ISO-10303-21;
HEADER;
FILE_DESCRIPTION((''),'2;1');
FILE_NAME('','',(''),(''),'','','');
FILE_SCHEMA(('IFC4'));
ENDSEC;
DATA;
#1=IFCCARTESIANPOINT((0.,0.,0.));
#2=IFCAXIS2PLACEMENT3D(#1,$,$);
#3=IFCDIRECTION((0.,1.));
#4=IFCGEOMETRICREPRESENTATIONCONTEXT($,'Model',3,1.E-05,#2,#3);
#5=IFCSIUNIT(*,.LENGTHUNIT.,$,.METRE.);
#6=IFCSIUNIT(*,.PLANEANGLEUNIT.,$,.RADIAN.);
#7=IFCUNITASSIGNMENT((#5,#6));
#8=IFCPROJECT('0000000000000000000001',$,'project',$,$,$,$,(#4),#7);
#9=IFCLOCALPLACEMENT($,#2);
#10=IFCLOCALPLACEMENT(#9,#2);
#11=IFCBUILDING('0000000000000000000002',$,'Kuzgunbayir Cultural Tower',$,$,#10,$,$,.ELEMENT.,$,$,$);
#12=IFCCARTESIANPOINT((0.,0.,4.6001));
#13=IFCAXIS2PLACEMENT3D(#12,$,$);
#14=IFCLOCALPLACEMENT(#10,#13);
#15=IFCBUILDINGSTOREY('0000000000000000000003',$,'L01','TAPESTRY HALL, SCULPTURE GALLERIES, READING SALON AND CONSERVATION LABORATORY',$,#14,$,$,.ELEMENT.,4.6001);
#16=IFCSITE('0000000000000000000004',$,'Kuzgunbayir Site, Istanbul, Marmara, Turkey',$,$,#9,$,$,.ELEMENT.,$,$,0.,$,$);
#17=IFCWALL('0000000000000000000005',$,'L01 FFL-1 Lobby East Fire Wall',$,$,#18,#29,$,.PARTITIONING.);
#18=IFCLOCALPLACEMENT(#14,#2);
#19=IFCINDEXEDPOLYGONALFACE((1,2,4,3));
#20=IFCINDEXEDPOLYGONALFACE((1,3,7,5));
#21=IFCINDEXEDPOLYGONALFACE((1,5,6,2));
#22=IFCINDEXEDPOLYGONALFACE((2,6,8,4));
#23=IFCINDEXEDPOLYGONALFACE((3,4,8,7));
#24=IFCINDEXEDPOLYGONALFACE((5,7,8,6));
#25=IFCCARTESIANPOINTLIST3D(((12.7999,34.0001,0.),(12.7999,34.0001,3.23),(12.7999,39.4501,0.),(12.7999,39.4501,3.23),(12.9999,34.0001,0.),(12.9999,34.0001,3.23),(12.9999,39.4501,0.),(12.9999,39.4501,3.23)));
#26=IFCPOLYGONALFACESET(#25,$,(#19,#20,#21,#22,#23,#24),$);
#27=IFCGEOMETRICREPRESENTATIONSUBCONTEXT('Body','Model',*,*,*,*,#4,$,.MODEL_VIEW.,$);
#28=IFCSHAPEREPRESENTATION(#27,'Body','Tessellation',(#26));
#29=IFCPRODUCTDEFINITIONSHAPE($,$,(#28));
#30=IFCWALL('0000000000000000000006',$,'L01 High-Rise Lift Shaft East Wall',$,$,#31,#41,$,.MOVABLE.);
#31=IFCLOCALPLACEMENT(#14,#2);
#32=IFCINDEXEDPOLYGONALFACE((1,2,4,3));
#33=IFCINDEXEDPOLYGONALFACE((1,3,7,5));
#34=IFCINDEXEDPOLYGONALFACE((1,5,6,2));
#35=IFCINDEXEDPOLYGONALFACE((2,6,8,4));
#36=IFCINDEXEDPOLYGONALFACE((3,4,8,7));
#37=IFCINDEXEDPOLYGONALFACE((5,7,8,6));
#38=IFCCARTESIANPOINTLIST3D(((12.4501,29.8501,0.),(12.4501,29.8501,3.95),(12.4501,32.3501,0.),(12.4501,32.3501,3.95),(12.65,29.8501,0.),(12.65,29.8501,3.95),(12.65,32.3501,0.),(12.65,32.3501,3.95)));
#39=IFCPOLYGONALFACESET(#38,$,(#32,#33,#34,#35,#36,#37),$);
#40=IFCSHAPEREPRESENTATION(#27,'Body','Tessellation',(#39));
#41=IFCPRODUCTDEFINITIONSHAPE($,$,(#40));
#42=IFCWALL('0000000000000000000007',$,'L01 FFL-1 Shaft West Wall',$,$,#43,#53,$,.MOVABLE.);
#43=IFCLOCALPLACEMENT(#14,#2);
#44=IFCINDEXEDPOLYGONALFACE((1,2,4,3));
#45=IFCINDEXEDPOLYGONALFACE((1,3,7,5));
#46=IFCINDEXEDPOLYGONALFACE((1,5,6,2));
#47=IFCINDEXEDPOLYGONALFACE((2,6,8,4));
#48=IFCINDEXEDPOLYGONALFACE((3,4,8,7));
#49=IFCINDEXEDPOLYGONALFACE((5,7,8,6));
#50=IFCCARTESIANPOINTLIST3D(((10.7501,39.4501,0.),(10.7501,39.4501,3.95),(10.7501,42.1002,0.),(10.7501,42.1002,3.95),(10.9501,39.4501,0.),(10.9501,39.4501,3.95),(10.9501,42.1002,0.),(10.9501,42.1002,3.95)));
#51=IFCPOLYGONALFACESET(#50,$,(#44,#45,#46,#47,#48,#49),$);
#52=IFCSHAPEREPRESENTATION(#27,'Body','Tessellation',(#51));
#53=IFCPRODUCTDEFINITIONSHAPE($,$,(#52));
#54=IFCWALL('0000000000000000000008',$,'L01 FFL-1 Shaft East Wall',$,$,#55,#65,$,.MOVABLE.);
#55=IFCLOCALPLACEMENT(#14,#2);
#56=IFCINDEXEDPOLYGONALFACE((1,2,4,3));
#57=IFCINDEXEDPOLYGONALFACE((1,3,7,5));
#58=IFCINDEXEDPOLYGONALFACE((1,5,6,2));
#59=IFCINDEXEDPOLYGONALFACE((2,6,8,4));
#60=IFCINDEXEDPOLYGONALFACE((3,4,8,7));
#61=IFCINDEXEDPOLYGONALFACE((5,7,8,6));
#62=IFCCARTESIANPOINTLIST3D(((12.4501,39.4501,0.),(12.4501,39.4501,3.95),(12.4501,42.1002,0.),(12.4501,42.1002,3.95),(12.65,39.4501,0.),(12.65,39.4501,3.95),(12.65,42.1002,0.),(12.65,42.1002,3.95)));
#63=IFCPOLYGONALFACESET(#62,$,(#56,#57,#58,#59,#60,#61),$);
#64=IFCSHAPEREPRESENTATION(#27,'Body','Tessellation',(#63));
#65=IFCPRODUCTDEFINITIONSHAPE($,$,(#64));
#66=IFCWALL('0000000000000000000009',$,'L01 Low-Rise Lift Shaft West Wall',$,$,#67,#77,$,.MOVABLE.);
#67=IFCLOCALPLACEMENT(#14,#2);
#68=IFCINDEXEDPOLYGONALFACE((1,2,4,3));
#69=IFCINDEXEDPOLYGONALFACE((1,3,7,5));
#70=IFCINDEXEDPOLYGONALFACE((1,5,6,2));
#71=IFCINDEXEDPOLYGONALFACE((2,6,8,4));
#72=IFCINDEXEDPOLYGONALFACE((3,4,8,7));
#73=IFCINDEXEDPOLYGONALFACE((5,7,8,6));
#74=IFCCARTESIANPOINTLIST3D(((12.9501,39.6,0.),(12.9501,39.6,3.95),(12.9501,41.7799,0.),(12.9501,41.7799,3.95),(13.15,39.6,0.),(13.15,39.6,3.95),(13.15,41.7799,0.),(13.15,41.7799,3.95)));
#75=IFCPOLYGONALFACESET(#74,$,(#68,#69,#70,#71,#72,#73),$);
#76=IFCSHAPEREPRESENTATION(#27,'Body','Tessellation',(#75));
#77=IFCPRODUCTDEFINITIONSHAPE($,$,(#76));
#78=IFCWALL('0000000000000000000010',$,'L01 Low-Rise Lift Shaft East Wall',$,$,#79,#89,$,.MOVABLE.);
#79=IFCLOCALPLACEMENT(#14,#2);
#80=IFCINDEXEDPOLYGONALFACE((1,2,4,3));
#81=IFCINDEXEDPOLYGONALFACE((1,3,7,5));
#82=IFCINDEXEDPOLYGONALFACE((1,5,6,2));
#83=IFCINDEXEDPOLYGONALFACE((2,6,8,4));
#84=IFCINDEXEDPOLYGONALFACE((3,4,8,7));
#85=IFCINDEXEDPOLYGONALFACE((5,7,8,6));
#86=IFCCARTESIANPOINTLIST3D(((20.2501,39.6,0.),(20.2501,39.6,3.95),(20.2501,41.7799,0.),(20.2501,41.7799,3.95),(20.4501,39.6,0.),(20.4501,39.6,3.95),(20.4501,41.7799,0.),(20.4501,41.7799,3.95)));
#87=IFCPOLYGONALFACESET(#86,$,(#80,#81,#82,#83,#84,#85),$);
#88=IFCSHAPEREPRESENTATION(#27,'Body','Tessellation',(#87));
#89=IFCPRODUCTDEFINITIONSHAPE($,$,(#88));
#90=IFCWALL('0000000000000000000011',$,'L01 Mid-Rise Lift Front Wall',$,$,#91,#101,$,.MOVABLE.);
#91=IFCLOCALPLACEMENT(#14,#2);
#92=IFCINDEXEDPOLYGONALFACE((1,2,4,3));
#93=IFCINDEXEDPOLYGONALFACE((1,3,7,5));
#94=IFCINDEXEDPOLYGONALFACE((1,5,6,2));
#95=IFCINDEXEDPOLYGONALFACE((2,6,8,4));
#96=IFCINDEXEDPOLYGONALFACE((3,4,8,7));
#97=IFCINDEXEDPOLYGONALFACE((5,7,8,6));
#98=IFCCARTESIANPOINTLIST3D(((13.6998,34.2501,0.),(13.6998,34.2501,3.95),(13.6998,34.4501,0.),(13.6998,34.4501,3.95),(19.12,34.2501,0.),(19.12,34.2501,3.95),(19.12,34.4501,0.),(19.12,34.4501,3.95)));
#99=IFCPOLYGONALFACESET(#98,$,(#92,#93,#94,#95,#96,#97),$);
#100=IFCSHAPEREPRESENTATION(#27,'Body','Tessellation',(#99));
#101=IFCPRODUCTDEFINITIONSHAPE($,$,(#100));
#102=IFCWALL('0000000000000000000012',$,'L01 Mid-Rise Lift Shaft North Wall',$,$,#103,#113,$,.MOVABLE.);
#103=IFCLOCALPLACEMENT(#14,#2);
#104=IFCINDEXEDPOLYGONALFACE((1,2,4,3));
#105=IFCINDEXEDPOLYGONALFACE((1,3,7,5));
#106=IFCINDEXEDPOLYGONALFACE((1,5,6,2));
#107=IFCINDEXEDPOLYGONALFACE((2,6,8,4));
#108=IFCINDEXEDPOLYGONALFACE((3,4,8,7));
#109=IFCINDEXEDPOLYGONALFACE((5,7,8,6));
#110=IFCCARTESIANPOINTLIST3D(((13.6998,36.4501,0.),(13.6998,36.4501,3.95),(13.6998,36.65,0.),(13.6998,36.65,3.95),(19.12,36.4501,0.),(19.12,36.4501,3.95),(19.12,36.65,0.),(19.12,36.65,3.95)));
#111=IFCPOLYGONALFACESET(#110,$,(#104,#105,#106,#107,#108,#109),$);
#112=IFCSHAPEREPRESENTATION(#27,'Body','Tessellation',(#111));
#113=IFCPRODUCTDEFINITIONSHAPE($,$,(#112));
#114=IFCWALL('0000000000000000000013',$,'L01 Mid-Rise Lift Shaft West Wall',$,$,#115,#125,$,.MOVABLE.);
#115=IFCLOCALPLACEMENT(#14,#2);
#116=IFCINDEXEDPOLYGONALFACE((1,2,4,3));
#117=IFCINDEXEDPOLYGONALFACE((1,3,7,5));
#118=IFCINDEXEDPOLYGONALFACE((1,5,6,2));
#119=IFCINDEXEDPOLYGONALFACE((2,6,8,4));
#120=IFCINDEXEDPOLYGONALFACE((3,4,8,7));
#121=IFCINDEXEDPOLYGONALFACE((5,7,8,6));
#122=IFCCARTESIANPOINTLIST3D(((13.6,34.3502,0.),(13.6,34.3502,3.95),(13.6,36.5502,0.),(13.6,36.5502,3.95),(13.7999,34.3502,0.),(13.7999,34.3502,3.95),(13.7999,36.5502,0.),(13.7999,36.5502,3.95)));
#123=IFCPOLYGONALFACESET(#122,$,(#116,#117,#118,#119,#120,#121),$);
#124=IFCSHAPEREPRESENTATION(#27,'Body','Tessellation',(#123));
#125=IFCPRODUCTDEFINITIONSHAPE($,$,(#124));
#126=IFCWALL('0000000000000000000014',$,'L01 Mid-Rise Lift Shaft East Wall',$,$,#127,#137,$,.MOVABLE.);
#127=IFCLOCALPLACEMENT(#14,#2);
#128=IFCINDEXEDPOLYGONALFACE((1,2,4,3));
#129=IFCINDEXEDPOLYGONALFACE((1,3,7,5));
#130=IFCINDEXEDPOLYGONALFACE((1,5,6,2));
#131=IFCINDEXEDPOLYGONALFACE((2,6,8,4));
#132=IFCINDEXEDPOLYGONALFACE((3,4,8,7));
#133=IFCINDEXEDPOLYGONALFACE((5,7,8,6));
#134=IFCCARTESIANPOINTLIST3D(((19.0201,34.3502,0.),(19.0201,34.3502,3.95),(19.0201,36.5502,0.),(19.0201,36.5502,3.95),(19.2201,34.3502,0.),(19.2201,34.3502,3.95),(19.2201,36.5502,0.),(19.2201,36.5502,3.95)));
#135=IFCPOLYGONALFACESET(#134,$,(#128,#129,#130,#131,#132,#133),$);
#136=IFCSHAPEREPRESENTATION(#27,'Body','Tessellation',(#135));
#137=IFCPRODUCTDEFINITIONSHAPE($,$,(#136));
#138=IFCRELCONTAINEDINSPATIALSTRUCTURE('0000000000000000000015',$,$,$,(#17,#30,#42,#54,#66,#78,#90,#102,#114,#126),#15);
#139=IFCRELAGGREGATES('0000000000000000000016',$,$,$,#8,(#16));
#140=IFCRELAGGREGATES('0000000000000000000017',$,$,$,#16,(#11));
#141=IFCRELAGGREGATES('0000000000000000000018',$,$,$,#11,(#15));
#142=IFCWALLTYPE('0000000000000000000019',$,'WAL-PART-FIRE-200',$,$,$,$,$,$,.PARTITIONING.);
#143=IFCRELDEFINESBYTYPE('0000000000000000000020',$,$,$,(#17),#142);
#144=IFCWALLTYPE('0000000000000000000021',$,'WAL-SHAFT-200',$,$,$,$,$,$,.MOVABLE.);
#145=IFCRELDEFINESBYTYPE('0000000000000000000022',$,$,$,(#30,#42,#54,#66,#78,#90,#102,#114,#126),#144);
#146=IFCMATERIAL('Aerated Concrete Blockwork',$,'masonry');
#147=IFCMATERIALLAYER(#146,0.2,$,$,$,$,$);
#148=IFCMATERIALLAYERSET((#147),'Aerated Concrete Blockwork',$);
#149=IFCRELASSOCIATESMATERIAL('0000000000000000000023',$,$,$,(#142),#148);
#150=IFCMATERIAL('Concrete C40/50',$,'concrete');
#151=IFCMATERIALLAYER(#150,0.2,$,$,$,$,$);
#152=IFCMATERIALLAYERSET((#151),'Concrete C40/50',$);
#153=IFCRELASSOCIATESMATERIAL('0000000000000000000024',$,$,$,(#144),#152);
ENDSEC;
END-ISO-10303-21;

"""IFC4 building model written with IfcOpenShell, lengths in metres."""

from ifc_helpers import new_model, si_unit, direction, frame, frame_2d, origin, place, context, subcontext, project, spatial, rectangle, extrude, material, layer, layer_set, type_object, element, save


model = new_model("IFC4")

# Units and contexts
model_context = context("Model", 3, precision=1e-05, world=origin(), true_north=direction((0.0, 1.0)))
body_context = subcontext(model_context, "Body", "Model", "MODEL_VIEW")
ifc_project = project(units=[si_unit("LENGTHUNIT", "METRE"), si_unit("PLANEANGLEUNIT", "RADIAN")], contexts=[model_context])

# Site, building, storey
site_placement = place(None, origin())
site = spatial("IfcSite", under=ifc_project, at=site_placement, Name="Kuzgunbayir Site, Istanbul, Marmara, Turkey", CompositionType="ELEMENT", RefElevation=0.0)
building_placement = place(site_placement, origin())
building = spatial("IfcBuilding", under=site, at=building_placement, Name="Kuzgunbayir Cultural Tower", CompositionType="ELEMENT")
storey_placement = place(building_placement, frame((0.0, 0.0, 4.6001)))
storey = spatial("IfcBuildingStorey", under=building, at=storey_placement, Name="L01", Description="TAPESTRY HALL, SCULPTURE GALLERIES, READING SALON AND CONSERVATION LABORATORY", CompositionType="ELEMENT", Elevation=4.6001)

# Walls
ifc_material_1 = material(Name="Aerated Concrete Blockwork", Category="masonry")
ifc_layer_1 = layer(ifc_material_1, 0.2)
ifc_layer_set_1 = layer_set([ifc_layer_1], Name="Aerated Concrete Blockwork")
wall_type_1 = type_object("IfcWallType", Name="WAL-PART-FIRE-200", PredefinedType="PARTITIONING", material=ifc_layer_set_1)
wall_1_placement = place(storey_placement, frame((12.8999, 34.0, 0.0), z_axis=(0.0, 0.0, 1.0), x_axis=(0.0, 1.0, 0.0)))
element("IfcWall", 1, at=wall_1_placement, inside=storey, type_object=wall_type_1, Name="L01 FFL-1 Lobby East Fire Wall", PredefinedType="PARTITIONING", context=body_context, shape_type="SweptSolid", body=[
    extrude(rectangle(XDim=5.45, YDim=0.2, at=frame_2d((2.7251, 0.0))), origin(), (0.0, 0.0, 1.0), 3.23),
])
ifc_material_2 = material(Name="Concrete C40/50", Category="concrete")
ifc_layer_2 = layer(ifc_material_2, 0.2)
ifc_layer_set_2 = layer_set([ifc_layer_2], Name="Concrete C40/50")
wall_type_2 = type_object("IfcWallType", Name="WAL-SHAFT-200", PredefinedType="MOVABLE", material=ifc_layer_set_2)
wall_2_placement = place(storey_placement, frame((12.55, 29.8501, 0.0), z_axis=(0.0, 0.0, 1.0), x_axis=(0.0, 1.0, 0.0)))
element("IfcWall", 2, at=wall_2_placement, inside=storey, type_object=wall_type_2, Name="L01 High-Rise Lift Shaft East Wall", PredefinedType="MOVABLE", context=body_context, shape_type="SweptSolid", body=[
    extrude(rectangle(XDim=2.5, YDim=0.2, at=frame_2d((1.25, 0.0))), origin(), (0.0, 0.0, 1.0), 3.95),
])
for number, where, z_axis, x_axis, name in (
    (3, (10.8501, 39.45, 0.0), (0.0, 0.0, 1.0), (0.0, 1.0, 0.0), "L01 FFL-1 Shaft West Wall"),
    (4, (12.55, 39.45, 0.0), (0.0, 0.0, 1.0), (0.0, 1.0, 0.0), "L01 FFL-1 Shaft East Wall"),
):
    element("IfcWall", number, at=place(storey_placement, frame(where, z_axis=z_axis, x_axis=x_axis)), inside=storey, type_object=wall_type_2, Name=name, PredefinedType="MOVABLE", context=body_context, shape_type="SweptSolid", body=[
        extrude(rectangle(XDim=2.6501, YDim=0.2, at=frame_2d((1.3252, 0.0))), origin(), (0.0, 0.0, 1.0), 3.95),
    ])

# Walls
for number, where, z_axis, x_axis, name in (
    (5, (13.05, 39.6001, 0.0), (0.0, 0.0, 1.0), (0.0, 1.0, 0.0), "L01 Low-Rise Lift Shaft West Wall"),
    (6, (20.3501, 39.6001, 0.0), (0.0, 0.0, 1.0), (0.0, 1.0, 0.0), "L01 Low-Rise Lift Shaft East Wall"),
):
    element("IfcWall", number, at=place(storey_placement, frame(where, z_axis=z_axis, x_axis=x_axis)), inside=storey, type_object=wall_type_2, Name=name, PredefinedType="MOVABLE", context=body_context, shape_type="SweptSolid", body=[
        extrude(rectangle(XDim=2.1799, YDim=0.2, at=frame_2d((1.0898, 0.0))), origin(), (0.0, 0.0, 1.0), 3.95),
    ])
for number, where, z_axis, x_axis, name in (
    (7, (13.7, 34.3501, 0.0), (0.0, 0.0, 1.0), (1.0, 0.0, 0.0), "L01 Mid-Rise Lift Front Wall"),
    (8, (13.7, 36.55, 0.0), (0.0, 0.0, 1.0), (1.0, 0.0, 0.0), "L01 Mid-Rise Lift Shaft North Wall"),
):
    element("IfcWall", number, at=place(storey_placement, frame(where, z_axis=z_axis, x_axis=x_axis)), inside=storey, type_object=wall_type_2, Name=name, PredefinedType="MOVABLE", context=body_context, shape_type="SweptSolid", body=[
        extrude(rectangle(XDim=5.4202, YDim=0.2, at=frame_2d((2.71, 0.0))), origin(), (0.0, 0.0, 1.0), 3.95),
    ])
for number, where, z_axis, x_axis, name in (
    (9, (13.7, 34.3501, 0.0), (0.0, 0.0, 1.0), (0.0, 1.0, 0.0), "L01 Mid-Rise Lift Shaft West Wall"),
    (10, (19.1201, 34.3501, 0.0), (0.0, 0.0, 1.0), (0.0, 1.0, 0.0), "L01 Mid-Rise Lift Shaft East Wall"),
):
    element("IfcWall", number, at=place(storey_placement, frame(where, z_axis=z_axis, x_axis=x_axis)), inside=storey, type_object=wall_type_2, Name=name, PredefinedType="MOVABLE", context=body_context, shape_type="SweptSolid", body=[
        extrude(rectangle(XDim=2.2, YDim=0.2, at=frame_2d((1.1001, 0.0))), origin(), (0.0, 0.0, 1.0), 3.95),
    ])

save(model, "model.ifc")
